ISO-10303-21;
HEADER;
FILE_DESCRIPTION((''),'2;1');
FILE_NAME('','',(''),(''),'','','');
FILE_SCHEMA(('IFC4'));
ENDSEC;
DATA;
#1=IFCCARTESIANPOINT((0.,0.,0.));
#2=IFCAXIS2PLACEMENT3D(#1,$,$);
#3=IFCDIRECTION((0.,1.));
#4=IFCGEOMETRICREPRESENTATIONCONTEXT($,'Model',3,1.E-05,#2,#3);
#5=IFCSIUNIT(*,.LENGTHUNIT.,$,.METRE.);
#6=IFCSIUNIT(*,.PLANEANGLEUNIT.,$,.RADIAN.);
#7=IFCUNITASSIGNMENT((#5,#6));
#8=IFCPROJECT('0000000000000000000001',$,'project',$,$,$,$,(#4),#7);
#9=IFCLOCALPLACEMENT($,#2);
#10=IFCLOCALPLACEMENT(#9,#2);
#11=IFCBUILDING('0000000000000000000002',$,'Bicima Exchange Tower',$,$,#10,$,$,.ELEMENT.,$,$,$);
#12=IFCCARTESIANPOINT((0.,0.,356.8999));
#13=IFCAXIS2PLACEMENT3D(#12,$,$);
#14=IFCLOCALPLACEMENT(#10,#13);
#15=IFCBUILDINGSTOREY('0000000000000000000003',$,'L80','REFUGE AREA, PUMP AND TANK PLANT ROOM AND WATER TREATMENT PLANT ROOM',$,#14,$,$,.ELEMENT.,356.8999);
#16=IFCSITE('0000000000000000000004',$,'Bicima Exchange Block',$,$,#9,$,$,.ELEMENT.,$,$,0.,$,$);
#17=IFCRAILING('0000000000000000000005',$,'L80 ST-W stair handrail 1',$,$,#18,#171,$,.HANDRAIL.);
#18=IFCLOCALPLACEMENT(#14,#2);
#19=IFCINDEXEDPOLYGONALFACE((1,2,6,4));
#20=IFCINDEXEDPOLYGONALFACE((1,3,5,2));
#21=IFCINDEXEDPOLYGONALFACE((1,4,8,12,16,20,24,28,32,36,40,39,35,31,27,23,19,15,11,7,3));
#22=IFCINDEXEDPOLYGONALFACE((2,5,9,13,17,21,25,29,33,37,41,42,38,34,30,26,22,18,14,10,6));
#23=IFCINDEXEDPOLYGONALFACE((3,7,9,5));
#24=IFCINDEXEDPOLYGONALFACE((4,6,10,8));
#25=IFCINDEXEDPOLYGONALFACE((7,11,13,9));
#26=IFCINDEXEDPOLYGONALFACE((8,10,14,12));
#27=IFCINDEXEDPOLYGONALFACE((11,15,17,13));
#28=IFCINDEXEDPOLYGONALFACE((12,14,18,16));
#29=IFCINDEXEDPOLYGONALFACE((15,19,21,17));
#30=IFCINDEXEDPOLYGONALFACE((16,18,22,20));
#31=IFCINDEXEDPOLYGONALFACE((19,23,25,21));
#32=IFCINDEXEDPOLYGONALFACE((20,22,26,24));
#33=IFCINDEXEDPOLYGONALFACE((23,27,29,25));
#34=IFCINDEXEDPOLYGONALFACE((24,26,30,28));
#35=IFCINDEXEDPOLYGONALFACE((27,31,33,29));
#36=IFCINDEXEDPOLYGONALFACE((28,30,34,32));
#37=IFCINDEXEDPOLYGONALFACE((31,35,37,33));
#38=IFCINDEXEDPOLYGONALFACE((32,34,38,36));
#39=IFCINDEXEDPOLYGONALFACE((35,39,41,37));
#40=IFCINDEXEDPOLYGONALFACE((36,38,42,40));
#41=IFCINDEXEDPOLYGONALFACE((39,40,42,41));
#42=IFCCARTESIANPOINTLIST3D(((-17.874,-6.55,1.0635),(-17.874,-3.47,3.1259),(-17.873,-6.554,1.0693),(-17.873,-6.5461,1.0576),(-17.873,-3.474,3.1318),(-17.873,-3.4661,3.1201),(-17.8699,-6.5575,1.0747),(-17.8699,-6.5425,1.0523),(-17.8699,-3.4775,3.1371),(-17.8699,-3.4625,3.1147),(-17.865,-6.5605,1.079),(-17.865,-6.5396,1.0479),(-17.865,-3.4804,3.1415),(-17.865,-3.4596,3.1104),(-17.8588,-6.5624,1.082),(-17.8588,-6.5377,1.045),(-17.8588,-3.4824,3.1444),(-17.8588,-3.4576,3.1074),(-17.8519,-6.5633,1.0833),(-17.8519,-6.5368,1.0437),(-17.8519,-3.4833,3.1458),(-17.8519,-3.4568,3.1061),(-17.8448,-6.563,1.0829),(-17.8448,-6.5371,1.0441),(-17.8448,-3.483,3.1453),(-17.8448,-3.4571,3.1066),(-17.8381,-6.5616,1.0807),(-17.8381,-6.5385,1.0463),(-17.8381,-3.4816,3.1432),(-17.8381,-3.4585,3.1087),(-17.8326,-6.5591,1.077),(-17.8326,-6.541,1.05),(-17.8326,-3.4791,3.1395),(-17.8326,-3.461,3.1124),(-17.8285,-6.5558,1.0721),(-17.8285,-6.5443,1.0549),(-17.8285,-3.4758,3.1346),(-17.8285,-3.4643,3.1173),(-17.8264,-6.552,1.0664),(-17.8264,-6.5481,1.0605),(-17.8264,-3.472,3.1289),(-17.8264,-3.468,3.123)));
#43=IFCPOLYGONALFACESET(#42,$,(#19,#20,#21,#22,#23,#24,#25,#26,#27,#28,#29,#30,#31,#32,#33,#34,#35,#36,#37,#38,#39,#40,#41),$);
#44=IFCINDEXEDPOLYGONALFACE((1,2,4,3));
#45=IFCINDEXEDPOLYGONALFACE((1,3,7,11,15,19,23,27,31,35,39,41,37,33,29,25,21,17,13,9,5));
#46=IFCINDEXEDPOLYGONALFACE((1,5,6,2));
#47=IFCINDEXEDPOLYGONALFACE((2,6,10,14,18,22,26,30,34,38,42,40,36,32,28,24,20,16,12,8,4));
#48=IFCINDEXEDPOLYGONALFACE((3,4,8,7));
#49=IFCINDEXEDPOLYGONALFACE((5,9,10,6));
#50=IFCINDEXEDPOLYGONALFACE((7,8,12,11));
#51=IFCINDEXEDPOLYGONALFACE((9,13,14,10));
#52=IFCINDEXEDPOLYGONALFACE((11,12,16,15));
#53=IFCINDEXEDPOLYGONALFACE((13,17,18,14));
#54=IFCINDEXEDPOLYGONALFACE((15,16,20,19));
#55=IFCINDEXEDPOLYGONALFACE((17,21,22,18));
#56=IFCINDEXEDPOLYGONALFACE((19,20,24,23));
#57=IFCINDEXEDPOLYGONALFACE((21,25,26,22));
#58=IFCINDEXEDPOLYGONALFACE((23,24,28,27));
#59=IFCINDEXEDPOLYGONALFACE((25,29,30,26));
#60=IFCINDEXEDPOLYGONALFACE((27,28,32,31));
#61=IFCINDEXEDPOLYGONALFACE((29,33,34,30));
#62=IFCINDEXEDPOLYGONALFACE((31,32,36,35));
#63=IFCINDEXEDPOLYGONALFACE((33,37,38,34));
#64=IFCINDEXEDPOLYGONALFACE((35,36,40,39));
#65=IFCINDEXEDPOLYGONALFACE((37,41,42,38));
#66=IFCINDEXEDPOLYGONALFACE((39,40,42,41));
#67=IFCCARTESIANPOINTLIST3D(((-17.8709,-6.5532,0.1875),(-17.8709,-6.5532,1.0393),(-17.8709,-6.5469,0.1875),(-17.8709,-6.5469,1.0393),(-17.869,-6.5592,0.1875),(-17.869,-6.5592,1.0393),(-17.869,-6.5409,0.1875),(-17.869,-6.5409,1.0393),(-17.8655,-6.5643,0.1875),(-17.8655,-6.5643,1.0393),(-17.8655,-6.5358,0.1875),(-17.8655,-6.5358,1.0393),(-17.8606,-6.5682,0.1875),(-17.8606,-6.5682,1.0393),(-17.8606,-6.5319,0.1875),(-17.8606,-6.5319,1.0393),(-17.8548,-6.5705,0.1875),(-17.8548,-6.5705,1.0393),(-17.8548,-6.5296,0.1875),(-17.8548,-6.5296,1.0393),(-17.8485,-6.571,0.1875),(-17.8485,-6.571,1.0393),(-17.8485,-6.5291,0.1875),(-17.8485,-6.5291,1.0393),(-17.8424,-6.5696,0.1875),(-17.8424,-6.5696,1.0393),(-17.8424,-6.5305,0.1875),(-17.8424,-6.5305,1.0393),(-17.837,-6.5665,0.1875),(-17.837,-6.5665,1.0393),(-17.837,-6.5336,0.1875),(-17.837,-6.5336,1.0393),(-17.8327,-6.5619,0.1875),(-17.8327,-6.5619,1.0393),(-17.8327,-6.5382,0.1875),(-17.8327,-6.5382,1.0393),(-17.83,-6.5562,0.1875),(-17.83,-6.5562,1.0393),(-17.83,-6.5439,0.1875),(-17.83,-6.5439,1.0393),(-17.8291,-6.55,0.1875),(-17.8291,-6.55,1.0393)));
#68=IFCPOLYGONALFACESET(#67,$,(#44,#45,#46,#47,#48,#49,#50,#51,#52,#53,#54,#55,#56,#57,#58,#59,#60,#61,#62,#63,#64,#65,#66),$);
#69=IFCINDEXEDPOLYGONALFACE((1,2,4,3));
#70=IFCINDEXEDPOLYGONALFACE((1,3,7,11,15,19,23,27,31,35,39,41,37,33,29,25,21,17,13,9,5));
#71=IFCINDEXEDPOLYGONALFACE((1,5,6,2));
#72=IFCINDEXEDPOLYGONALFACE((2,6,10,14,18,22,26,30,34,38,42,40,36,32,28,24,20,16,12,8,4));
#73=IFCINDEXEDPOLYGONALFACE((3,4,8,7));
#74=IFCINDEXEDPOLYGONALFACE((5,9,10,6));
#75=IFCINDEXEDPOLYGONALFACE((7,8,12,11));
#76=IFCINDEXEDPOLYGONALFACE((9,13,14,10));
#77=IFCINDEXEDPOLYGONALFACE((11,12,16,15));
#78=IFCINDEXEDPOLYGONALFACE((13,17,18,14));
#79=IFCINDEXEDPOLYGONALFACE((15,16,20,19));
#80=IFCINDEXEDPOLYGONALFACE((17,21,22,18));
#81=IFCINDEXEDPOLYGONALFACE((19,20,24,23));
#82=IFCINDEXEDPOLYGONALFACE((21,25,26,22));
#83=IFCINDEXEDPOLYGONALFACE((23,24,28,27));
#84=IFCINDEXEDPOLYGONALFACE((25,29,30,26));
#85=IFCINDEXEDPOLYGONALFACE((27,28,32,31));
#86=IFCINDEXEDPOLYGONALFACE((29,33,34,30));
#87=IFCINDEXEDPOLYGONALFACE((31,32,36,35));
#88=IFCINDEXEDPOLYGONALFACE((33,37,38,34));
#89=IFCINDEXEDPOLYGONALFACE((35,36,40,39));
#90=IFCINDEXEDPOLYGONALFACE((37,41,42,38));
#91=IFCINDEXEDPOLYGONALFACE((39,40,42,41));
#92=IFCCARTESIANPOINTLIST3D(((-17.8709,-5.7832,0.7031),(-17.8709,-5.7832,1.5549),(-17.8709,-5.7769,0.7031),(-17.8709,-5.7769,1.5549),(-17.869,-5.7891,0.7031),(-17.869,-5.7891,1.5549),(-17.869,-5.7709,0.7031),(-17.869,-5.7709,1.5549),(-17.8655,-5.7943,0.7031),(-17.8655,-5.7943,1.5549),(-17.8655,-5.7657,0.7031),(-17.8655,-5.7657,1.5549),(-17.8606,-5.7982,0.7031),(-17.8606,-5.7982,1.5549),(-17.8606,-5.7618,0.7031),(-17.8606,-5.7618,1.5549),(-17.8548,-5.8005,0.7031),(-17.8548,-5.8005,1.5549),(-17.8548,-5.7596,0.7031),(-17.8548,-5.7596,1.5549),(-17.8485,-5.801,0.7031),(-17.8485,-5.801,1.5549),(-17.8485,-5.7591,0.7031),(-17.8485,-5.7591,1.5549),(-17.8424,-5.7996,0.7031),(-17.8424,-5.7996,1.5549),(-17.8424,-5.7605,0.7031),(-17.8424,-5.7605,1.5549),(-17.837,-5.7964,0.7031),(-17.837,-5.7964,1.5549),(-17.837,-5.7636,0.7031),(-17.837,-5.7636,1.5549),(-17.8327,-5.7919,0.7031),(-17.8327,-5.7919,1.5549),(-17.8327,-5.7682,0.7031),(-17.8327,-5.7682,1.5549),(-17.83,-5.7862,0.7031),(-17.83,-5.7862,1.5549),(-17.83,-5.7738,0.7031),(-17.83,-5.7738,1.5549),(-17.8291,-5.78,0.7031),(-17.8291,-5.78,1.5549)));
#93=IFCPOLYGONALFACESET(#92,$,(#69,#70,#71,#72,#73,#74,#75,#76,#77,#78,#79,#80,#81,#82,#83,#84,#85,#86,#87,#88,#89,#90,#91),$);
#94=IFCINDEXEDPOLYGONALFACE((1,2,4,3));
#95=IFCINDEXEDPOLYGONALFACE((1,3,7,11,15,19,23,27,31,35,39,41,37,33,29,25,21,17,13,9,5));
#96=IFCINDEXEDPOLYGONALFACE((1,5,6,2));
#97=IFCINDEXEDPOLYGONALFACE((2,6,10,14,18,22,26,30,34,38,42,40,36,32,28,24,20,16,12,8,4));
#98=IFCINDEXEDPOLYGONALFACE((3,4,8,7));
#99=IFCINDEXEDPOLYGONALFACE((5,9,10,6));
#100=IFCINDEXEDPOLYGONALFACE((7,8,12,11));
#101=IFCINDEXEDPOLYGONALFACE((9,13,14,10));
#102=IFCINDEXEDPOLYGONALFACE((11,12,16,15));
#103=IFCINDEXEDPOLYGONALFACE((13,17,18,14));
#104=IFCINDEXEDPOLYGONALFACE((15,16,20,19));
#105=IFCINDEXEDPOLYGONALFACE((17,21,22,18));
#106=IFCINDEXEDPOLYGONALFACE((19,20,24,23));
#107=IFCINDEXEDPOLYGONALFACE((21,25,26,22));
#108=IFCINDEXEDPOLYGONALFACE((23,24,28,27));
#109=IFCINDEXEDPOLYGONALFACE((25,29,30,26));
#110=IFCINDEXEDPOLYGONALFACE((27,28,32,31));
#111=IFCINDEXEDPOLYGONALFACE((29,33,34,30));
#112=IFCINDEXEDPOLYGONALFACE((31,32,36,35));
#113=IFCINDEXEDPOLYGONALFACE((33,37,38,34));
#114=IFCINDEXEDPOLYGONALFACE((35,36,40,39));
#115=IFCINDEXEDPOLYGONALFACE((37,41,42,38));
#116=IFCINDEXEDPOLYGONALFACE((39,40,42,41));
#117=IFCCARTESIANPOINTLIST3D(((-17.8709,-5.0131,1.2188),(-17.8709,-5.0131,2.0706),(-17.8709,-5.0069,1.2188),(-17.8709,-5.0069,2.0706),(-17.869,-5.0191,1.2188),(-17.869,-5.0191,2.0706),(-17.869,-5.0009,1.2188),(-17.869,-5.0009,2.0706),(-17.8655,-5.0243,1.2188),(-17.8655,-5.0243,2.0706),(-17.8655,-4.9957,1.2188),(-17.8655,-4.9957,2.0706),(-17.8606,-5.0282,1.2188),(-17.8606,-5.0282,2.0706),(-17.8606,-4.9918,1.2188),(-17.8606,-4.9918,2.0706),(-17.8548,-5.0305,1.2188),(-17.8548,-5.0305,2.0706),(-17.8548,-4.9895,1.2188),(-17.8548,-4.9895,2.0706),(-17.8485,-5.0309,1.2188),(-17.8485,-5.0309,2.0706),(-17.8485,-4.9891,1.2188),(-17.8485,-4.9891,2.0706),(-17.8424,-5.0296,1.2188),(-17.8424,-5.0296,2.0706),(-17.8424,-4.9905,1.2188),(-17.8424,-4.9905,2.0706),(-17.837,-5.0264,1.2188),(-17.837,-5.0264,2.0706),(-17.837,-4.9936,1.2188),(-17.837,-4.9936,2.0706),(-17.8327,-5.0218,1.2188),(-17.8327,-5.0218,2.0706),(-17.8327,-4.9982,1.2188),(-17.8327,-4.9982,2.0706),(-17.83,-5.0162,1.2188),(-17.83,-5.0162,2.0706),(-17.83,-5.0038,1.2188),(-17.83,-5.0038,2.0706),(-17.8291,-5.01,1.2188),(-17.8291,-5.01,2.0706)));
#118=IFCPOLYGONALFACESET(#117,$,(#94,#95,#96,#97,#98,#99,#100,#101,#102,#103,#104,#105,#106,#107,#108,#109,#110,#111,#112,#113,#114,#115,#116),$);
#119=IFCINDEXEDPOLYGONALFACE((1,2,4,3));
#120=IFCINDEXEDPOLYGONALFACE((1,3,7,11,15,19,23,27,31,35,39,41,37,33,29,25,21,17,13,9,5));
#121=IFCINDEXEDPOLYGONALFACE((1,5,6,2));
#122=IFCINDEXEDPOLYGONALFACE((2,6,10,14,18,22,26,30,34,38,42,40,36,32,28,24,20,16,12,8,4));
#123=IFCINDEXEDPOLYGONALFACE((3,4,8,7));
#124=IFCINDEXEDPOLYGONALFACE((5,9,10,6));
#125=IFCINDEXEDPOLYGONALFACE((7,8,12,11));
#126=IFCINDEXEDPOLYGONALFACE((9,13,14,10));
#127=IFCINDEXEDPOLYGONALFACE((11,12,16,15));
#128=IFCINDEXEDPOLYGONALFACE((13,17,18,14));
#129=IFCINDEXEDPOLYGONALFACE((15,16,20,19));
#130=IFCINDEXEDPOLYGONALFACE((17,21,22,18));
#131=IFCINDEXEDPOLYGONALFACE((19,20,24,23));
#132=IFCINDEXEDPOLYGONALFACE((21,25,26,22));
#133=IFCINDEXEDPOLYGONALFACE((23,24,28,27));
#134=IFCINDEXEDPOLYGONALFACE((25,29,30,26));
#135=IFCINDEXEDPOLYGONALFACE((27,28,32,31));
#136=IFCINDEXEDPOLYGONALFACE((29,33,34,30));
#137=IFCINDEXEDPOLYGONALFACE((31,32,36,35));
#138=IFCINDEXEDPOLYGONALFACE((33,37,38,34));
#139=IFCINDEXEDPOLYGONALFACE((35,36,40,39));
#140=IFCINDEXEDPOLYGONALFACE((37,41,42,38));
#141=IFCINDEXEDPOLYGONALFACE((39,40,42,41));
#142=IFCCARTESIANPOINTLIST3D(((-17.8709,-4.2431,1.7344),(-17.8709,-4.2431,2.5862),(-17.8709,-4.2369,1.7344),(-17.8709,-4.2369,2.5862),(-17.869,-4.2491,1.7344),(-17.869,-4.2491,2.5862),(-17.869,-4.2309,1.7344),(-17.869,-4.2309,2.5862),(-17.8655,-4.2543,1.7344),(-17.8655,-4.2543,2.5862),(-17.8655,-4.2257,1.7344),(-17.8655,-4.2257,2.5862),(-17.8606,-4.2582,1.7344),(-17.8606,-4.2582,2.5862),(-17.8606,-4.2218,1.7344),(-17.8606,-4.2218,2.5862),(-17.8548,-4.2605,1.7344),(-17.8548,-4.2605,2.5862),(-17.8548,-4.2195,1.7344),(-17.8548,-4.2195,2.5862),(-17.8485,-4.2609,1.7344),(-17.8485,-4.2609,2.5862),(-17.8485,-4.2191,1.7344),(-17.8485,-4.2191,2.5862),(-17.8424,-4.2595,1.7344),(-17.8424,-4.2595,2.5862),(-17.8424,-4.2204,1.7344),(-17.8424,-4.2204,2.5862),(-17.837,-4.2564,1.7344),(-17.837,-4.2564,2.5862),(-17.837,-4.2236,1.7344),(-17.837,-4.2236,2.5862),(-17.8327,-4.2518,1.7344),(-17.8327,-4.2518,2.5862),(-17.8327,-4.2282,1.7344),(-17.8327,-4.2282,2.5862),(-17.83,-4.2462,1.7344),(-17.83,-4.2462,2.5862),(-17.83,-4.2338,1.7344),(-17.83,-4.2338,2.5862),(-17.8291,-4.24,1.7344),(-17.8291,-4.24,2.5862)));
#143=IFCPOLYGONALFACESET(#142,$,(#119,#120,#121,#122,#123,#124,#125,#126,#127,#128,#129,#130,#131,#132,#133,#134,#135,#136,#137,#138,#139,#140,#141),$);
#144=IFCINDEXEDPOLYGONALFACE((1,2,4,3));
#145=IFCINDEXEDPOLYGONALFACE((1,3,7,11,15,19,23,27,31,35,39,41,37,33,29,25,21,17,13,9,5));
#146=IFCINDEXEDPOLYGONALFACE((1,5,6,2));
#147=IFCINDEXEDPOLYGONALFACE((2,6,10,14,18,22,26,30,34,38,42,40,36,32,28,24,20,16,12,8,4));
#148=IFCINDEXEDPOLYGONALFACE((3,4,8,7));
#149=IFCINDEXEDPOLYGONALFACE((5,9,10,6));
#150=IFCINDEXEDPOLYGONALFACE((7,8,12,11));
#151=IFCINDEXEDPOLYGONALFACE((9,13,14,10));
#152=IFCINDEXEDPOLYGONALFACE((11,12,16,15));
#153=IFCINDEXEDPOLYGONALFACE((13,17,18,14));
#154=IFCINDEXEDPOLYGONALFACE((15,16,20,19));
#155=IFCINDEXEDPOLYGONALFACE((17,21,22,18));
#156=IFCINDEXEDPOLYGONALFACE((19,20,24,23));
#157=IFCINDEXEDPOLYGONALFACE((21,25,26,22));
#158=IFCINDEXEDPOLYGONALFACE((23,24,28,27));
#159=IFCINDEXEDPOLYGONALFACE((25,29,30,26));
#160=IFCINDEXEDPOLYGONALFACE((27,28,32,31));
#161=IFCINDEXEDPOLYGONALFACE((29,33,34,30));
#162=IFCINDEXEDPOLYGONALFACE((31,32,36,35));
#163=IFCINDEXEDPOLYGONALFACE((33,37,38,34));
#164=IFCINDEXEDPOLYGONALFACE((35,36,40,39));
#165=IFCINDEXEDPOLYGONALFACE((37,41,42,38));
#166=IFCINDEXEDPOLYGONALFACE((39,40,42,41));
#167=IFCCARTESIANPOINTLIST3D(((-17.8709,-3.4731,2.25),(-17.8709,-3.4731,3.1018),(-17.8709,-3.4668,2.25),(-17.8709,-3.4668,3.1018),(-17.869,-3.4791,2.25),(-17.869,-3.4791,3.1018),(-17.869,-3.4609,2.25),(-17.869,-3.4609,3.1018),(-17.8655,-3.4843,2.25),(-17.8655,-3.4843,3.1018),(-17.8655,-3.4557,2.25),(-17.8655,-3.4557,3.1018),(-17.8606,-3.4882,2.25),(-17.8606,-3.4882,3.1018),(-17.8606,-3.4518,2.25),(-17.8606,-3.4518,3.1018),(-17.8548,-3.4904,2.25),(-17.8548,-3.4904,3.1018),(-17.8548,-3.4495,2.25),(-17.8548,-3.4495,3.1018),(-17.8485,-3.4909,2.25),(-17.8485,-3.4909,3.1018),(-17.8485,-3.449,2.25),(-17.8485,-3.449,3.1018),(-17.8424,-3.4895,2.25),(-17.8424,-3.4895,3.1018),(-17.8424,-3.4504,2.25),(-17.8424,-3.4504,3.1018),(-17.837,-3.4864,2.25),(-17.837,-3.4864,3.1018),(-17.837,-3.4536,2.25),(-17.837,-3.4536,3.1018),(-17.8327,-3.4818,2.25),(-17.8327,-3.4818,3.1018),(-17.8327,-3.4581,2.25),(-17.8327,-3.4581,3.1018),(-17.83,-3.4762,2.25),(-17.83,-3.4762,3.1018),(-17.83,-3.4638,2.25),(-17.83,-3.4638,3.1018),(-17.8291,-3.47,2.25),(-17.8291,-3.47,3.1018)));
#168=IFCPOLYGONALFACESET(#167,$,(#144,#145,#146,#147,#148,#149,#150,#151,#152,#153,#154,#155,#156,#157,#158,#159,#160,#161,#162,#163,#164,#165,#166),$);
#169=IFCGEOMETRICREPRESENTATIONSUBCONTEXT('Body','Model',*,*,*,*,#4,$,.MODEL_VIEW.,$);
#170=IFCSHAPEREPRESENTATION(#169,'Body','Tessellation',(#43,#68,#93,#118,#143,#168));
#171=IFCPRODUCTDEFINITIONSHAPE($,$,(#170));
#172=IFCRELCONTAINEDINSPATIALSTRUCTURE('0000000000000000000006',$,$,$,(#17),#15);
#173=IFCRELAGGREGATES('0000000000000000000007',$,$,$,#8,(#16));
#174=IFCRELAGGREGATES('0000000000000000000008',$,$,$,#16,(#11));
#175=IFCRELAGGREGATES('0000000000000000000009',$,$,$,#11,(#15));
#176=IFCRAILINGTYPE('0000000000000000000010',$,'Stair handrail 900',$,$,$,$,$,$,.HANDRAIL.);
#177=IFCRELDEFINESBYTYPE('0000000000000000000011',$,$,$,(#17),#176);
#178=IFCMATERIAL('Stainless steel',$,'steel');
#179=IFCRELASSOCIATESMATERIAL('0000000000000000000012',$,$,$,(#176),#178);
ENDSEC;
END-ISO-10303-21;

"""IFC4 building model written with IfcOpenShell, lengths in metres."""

from ifc_helpers import new_model, si_unit, direction, frame, origin, origin_2d, place, context, subcontext, project, spatial, circle, extrude, material, type_object, element, save


model = new_model("IFC4")

# Units and contexts
model_context = context("Model", 3, precision=1e-05, world=origin(), true_north=direction((0.0, 1.0)))
body_context = subcontext(model_context, "Body", "Model", "MODEL_VIEW")
ifc_project = project(units=[si_unit("LENGTHUNIT", "METRE"), si_unit("PLANEANGLEUNIT", "RADIAN")], contexts=[model_context])

# Site, building, storey
site_placement = place(None, origin())
site = spatial("IfcSite", under=ifc_project, at=site_placement, Name="Bicima Exchange Block", CompositionType="ELEMENT", RefElevation=0.0)
building_placement = place(site_placement, origin())
building = spatial("IfcBuilding", under=site, at=building_placement, Name="Bicima Exchange Tower", CompositionType="ELEMENT")
storey_placement = place(building_placement, frame((0.0, 0.0, 356.8999)))
storey = spatial("IfcBuildingStorey", under=building, at=storey_placement, Name="L80", Description="REFUGE AREA, PUMP AND TANK PLANT ROOM AND WATER TREATMENT PLANT ROOM", CompositionType="ELEMENT", Elevation=356.8999)

# Shared definitions
ifc_material_1 = material(Name="Stainless steel", Category="steel")

# Railing
railing_type_1 = type_object("IfcRailingType", Name="Stair handrail 900", PredefinedType="HANDRAIL", material=ifc_material_1)
railing_1_placement = place(storey_placement, frame((-17.8501, -6.55, 0.1875)))
element("IfcRailing", 1, at=railing_1_placement, inside=storey, type_object=railing_type_1, Name="L80 ST-W stair handrail 1", PredefinedType="HANDRAIL", context=body_context, shape_type="SweptSolid", body=[
    extrude(circle(Radius=0.0239, at=origin_2d()), frame((0.0, 0.0, 0.876), z_axis=(0.0, 0.830914, 0.556401), x_axis=(-1.0, 0.0, 0.0)), (0.0, 0.0, 1.0), 3.7068),
    extrude(circle(Radius=0.021, at=origin_2d()), origin(), (0.0, 0.0, 1.0), 0.8518),
    extrude(circle(Radius=0.021, at=origin_2d()), frame((0.0, 0.77, 0.5156)), (0.0, 0.0, 1.0), 0.8518),
    extrude(circle(Radius=0.021, at=origin_2d()), frame((0.0, 1.54, 1.0312)), (0.0, 0.0, 1.0), 0.8518),
    extrude(circle(Radius=0.021, at=origin_2d()), frame((0.0, 2.3101, 1.5469)), (0.0, 0.0, 1.0), 0.8518),
    extrude(circle(Radius=0.021, at=origin_2d()), frame((0.0, 3.0801, 2.0625)), (0.0, 0.0, 1.0), 0.8518),
])

save(model, "model.ifc")
